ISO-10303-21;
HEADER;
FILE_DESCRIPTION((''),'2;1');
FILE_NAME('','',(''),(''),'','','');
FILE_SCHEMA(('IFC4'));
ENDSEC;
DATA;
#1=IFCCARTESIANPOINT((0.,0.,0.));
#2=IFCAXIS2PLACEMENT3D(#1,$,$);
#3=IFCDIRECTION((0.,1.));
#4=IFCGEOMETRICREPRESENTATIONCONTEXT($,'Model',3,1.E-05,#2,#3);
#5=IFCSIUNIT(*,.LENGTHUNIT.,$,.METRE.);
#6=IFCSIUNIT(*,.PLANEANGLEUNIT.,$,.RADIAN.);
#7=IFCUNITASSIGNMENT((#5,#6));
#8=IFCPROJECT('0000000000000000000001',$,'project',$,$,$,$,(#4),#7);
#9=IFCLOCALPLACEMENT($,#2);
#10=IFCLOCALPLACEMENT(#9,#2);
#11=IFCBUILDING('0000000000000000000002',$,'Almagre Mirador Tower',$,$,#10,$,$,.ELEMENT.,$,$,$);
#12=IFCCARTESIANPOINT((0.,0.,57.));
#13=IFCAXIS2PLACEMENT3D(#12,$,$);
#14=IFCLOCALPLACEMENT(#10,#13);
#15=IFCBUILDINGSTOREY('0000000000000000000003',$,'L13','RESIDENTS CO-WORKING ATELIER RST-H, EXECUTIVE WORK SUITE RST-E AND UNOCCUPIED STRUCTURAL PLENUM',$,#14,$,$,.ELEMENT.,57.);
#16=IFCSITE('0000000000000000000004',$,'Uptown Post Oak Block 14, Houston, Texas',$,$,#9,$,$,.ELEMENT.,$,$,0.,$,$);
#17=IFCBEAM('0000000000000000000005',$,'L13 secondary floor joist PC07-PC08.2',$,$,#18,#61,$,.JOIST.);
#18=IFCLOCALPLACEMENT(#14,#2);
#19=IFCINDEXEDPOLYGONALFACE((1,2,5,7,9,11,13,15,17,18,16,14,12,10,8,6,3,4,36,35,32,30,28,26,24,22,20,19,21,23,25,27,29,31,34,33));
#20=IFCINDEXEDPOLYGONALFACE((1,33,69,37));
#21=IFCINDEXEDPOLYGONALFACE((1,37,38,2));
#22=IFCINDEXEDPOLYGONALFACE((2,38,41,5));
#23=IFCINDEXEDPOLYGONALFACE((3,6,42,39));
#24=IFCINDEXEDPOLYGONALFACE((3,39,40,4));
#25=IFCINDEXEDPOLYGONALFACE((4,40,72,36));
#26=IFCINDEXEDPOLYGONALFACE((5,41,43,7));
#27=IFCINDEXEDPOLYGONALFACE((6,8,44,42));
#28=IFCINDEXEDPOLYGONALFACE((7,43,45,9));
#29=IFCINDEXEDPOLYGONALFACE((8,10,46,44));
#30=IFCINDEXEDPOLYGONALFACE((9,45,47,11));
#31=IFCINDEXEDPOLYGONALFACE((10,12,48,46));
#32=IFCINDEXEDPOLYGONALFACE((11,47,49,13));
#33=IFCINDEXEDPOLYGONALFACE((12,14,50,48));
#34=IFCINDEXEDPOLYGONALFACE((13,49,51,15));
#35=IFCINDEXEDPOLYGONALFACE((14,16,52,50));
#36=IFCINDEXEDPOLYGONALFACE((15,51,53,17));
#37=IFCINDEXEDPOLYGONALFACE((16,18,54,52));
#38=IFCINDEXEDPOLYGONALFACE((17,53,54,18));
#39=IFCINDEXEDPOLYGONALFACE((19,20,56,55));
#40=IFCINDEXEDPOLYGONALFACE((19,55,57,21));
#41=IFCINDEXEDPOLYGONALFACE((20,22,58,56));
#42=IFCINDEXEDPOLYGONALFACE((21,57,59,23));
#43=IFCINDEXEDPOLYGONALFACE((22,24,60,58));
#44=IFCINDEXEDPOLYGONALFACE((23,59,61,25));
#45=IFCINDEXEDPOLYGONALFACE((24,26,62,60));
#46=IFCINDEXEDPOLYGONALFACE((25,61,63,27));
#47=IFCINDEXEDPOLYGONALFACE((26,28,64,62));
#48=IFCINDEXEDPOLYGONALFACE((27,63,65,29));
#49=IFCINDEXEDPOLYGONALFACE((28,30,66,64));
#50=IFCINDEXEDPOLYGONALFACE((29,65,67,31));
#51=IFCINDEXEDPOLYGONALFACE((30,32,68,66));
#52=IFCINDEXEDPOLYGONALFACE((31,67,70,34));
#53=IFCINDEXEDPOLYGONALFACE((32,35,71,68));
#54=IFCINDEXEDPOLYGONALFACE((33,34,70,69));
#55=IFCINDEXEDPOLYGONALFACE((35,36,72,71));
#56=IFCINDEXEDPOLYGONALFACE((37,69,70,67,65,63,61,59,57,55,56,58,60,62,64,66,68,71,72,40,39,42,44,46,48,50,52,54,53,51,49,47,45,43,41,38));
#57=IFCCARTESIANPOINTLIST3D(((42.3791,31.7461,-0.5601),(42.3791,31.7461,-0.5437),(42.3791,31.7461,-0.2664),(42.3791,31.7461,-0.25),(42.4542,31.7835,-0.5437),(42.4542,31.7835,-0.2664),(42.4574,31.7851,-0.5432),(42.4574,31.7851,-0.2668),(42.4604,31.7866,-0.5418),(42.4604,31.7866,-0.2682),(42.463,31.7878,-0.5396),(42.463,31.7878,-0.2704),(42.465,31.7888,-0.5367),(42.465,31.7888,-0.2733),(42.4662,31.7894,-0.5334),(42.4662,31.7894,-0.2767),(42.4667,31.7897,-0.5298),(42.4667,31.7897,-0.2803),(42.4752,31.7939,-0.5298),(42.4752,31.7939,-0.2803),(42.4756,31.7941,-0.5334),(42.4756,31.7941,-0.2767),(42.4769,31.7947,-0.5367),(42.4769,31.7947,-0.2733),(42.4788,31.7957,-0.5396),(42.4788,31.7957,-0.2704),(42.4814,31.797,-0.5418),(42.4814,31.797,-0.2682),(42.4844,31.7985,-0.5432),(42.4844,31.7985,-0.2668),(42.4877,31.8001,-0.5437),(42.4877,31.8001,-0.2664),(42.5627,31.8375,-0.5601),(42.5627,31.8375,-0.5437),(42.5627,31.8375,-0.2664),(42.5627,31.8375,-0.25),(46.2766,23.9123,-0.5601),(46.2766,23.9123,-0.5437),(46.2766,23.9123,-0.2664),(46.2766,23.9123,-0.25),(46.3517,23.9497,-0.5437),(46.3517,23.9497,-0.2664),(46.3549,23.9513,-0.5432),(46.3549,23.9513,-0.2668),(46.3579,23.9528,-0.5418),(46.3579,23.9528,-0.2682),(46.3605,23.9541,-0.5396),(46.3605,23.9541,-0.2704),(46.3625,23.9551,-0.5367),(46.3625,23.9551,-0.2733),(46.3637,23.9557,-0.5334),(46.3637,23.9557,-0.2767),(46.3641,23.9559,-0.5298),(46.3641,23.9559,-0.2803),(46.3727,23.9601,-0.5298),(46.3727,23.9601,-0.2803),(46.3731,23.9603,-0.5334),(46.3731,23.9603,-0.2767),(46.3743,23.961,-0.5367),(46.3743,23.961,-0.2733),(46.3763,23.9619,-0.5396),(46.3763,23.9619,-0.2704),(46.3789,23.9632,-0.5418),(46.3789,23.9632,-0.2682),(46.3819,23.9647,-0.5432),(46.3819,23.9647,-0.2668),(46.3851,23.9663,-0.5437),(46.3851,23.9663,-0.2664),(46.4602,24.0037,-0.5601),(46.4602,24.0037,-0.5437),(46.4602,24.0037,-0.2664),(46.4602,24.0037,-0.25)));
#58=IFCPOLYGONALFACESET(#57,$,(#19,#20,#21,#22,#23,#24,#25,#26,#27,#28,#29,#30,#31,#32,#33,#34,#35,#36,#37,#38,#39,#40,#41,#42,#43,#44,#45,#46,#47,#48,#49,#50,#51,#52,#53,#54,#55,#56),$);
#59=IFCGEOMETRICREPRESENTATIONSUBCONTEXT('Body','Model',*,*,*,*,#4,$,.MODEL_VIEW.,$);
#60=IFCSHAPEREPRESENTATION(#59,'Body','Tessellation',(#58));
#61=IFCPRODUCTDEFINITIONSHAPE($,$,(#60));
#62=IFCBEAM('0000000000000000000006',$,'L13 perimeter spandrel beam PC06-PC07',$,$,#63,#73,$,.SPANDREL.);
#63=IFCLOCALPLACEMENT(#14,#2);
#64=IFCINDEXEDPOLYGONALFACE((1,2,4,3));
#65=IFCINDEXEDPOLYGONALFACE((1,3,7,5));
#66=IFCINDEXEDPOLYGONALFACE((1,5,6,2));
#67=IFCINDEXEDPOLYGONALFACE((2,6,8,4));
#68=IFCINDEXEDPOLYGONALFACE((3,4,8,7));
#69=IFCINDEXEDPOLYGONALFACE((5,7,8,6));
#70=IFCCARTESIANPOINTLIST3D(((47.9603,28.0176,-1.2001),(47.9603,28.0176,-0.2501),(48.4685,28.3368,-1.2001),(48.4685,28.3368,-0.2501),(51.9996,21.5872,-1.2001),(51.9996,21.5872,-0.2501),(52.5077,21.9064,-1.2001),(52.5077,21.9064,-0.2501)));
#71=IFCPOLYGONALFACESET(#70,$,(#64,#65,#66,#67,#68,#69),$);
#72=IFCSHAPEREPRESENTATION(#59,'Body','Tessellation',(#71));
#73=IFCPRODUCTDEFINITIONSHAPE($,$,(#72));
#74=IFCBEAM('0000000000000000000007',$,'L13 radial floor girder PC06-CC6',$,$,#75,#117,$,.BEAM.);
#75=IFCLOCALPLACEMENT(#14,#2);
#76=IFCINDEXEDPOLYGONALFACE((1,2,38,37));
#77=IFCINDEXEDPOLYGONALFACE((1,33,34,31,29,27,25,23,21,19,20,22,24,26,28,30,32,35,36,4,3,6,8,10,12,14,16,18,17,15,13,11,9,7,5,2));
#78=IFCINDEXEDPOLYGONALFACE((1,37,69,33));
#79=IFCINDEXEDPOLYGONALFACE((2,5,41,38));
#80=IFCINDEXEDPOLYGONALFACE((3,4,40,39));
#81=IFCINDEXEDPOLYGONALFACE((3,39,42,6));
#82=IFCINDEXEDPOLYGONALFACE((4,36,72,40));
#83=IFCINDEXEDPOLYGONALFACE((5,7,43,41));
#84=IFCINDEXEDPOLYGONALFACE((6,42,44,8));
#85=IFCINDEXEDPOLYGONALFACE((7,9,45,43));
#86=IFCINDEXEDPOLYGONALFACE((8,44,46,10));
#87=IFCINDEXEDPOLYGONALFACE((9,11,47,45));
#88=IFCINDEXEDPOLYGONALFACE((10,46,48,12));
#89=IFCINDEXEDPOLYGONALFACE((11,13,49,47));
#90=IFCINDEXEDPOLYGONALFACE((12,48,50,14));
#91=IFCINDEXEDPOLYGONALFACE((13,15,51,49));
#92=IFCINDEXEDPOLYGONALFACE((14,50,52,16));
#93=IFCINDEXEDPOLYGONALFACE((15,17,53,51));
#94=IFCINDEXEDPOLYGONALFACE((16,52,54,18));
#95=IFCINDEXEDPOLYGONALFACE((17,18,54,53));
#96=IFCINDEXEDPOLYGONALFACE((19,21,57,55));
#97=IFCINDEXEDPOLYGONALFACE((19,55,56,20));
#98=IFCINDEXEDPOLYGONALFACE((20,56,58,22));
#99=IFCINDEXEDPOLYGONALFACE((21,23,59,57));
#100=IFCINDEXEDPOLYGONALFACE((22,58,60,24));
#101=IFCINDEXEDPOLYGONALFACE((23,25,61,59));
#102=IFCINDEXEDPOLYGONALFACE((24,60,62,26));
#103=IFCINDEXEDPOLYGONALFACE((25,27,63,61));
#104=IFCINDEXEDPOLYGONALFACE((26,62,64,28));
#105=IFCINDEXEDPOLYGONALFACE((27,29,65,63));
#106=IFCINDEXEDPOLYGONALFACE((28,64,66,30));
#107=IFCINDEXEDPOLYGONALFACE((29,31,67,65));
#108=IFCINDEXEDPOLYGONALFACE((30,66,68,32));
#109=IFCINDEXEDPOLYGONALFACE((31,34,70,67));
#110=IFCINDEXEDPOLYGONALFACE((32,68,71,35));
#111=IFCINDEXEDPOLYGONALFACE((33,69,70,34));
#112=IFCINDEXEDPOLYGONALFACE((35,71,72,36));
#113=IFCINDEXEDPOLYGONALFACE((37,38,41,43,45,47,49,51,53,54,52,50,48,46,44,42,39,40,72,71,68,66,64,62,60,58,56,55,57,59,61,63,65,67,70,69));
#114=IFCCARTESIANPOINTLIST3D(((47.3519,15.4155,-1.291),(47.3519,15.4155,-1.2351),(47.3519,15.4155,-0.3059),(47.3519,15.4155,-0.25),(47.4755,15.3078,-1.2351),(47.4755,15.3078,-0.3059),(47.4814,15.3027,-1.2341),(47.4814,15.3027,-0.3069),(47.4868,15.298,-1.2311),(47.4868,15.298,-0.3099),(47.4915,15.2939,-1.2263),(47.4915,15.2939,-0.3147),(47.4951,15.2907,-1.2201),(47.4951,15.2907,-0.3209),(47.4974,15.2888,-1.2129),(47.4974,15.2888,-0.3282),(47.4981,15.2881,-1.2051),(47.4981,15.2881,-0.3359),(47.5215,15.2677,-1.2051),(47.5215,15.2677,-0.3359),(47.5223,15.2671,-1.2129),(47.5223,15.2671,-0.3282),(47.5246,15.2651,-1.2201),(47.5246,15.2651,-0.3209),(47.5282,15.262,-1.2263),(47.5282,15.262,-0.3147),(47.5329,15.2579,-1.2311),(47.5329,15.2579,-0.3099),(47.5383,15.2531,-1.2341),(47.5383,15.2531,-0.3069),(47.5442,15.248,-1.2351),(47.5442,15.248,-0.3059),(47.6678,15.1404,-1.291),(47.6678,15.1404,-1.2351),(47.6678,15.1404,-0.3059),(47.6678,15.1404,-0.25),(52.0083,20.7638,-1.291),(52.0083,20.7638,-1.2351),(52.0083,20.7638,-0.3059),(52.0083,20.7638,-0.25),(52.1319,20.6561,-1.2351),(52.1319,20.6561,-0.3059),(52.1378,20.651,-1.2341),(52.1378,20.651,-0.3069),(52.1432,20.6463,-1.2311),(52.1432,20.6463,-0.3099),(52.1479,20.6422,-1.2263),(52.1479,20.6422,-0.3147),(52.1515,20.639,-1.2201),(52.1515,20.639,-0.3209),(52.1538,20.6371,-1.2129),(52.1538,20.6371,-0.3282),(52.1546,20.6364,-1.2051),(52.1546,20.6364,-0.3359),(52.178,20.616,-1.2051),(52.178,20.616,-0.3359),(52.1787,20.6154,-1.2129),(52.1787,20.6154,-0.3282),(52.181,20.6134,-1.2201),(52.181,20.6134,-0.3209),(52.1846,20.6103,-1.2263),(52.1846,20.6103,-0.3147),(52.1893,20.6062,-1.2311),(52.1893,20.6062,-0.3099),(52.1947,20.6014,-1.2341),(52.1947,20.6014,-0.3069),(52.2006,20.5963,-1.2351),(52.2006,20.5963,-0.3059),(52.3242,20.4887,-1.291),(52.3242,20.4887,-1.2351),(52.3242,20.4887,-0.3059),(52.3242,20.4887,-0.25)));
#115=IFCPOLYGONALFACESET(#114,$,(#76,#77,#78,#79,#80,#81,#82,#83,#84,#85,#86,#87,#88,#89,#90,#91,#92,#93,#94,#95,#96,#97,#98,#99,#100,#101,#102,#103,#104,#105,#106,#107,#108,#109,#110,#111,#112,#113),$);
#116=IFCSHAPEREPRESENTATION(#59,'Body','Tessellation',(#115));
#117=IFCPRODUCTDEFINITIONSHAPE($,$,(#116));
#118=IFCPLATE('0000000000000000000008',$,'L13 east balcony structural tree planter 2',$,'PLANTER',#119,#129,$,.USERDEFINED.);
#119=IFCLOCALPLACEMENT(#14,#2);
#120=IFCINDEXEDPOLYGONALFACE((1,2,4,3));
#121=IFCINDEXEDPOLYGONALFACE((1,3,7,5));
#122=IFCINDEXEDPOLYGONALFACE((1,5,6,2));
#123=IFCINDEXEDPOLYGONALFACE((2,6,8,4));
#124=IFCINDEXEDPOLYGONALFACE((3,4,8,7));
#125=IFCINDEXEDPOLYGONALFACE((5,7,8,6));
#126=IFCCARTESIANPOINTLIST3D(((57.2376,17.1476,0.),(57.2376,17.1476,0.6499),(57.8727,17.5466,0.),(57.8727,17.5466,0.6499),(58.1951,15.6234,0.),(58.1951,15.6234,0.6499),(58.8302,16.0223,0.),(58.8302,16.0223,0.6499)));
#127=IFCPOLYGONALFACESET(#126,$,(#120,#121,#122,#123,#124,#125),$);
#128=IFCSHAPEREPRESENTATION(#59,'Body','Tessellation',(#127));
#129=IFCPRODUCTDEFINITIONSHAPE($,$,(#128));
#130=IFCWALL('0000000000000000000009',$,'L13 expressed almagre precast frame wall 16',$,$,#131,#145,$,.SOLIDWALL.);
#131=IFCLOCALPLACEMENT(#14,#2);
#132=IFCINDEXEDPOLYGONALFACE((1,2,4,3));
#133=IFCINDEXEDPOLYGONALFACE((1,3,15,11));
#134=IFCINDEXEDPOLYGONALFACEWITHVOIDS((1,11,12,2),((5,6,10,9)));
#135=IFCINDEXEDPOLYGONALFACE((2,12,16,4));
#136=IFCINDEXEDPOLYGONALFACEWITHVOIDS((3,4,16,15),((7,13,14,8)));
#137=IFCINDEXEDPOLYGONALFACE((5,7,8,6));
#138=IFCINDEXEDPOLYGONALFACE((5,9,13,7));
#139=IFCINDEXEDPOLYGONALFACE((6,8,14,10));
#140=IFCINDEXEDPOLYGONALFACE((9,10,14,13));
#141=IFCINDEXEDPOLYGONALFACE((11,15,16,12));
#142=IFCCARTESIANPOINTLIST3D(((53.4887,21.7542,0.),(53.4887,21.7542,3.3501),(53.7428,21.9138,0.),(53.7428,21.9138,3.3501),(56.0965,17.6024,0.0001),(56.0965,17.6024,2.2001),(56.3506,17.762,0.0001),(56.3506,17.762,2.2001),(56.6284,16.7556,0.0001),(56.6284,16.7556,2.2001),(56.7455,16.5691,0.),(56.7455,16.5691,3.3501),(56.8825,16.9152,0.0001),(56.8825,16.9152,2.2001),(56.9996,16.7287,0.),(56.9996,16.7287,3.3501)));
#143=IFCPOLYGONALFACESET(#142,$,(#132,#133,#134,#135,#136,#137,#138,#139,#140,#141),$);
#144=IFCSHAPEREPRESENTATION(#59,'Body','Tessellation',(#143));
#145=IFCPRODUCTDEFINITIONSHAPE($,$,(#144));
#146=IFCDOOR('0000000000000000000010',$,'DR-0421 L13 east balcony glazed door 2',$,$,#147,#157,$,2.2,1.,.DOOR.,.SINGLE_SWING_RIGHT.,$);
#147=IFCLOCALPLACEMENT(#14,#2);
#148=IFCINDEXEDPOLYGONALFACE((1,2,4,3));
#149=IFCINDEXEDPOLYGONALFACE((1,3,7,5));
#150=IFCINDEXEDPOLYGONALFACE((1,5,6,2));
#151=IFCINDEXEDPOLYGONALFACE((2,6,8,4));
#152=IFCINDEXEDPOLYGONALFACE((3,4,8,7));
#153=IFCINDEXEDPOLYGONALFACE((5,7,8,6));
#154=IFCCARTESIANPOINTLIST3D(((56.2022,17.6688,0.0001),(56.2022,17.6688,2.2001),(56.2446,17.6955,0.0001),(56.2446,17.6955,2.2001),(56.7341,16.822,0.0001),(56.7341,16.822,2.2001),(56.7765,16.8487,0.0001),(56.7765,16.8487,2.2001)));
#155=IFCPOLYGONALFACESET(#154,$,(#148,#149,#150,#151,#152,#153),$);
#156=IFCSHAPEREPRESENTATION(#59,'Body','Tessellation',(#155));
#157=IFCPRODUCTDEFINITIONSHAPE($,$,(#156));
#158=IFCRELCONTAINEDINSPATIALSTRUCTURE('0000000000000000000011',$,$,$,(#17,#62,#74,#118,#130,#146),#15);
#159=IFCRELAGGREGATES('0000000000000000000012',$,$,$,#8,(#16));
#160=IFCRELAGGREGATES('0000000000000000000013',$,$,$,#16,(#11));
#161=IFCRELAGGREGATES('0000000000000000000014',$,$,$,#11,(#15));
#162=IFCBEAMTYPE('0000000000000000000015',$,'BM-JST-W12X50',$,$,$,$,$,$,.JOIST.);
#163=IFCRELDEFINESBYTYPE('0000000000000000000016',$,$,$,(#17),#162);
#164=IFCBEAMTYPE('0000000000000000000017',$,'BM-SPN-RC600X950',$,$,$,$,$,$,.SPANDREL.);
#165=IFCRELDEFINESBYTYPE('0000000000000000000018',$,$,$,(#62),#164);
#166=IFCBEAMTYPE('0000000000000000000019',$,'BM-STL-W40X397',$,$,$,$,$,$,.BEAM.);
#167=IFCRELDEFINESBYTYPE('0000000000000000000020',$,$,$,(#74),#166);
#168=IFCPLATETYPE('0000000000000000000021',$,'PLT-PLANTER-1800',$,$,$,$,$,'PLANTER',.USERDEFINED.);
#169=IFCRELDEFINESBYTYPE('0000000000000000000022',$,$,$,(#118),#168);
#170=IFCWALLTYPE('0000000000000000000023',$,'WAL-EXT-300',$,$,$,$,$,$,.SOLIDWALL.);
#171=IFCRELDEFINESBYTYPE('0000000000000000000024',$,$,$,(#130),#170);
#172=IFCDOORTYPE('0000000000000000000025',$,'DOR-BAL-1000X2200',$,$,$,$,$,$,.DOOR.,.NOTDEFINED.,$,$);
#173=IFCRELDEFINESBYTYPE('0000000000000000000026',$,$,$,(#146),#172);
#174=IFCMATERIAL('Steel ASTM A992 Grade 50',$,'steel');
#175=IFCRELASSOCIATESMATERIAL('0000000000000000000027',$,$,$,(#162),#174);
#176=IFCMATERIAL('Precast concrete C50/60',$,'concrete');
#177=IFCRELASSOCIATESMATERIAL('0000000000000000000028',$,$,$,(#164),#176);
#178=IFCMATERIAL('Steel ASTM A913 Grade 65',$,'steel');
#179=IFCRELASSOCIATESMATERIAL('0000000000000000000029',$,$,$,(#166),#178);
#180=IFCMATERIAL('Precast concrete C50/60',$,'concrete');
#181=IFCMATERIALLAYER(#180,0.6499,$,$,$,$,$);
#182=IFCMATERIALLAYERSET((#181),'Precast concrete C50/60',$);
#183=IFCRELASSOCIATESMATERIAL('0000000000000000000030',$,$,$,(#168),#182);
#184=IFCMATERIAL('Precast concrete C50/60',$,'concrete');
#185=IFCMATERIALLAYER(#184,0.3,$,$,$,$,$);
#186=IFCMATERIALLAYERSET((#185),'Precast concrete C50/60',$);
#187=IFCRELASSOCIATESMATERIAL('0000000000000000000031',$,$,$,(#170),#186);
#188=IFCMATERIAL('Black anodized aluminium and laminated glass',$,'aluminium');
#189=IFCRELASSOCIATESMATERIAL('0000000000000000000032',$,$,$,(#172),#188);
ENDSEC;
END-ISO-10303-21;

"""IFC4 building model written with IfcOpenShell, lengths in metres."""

from ifc_helpers import new_model, si_unit, direction, frame, frame_2d, origin, origin_2d, place, context, subcontext, project, spatial, rectangle, i_section, extrude, material, layer, layer_set, material_profile, profile_set, type_object, element, fill, save


model = new_model("IFC4")

# Units and contexts
model_context = context("Model", 3, precision=1e-05, world=origin(), true_north=direction((0.0, 1.0)))
body_context = subcontext(model_context, "Body", "Model", "MODEL_VIEW")
ifc_project = project(units=[si_unit("LENGTHUNIT", "METRE"), si_unit("PLANEANGLEUNIT", "RADIAN")], contexts=[model_context])

# Site, building, storey
site_placement = place(None, origin())
site = spatial("IfcSite", under=ifc_project, at=site_placement, Name="Uptown Post Oak Block 14, Houston, Texas", CompositionType="ELEMENT", RefElevation=0.0)
building_placement = place(site_placement, origin())
building = spatial("IfcBuilding", under=site, at=building_placement, Name="Almagre Mirador Tower", CompositionType="ELEMENT")
storey_placement = place(building_placement, frame((0.0, 0.0, 57.0)))
storey = spatial("IfcBuildingStorey", under=building, at=storey_placement, Name="L13", Description="RESIDENTS CO-WORKING ATELIER RST-H, EXECUTIVE WORK SUITE RST-E AND UNOCCUPIED STRUCTURAL PLENUM", CompositionType="ELEMENT", Elevation=57.0)

# Beams
ifc_material_1 = material(Name="Steel ASTM A992 Grade 50", Category="steel")
ifc_material_profile_1 = material_profile(ifc_material_1, i_section(OverallWidth=0.2051, OverallDepth=0.3101, WebThickness=0.0095, FlangeThickness=0.0164, FilletRadius=0.0139, at=origin_2d()), Name="W12X50")
ifc_profile_set_1 = profile_set([ifc_material_profile_1], Name="Steel ASTM A992 Grade 50")
beam_type_1 = type_object("IfcBeamType", Name="BM-JST-W12X50", PredefinedType="JOIST", material=ifc_profile_set_1)
beam_1_placement = place(storey_placement, frame((46.3684, 23.958, -0.405), z_axis=(-0.445438, 0.895313, 0.0), x_axis=(-0.895313, -0.445438, 0.0)))
element("IfcBeam", 1, at=beam_1_placement, inside=storey, type_object=beam_type_1, Name="L13 secondary floor joist PC07-PC08.2", PredefinedType="JOIST", context=body_context, shape_type="SweptSolid", body=[
    extrude(i_section(OverallWidth=0.2051, OverallDepth=0.3101, WebThickness=0.0095, FlangeThickness=0.0164, FilletRadius=0.0139, at=origin_2d()), origin(), (0.0, 0.0, 1.0), 8.7498),
])
ifc_material_2 = material(Name="Precast concrete C50/60", Category="concrete")
ifc_material_profile_2 = material_profile(ifc_material_2, rectangle(XDim=0.6001, YDim=0.95, at=origin_2d()), Name="RC600X950")
ifc_profile_set_2 = profile_set([ifc_material_profile_2], Name="Precast concrete C50/60")
beam_type_2 = type_object("IfcBeamType", Name="BM-SPN-RC600X950", PredefinedType="SPANDREL", material=ifc_profile_set_2)
beam_2_placement = place(storey_placement, frame((52.2537, 21.7468, -0.7251), z_axis=(-0.531919, 0.846795, 0.0), x_axis=(-0.846795, -0.531919, 0.0)))
element("IfcBeam", 2, at=beam_2_placement, inside=storey, type_object=beam_type_2, Name="L13 perimeter spandrel beam PC06-PC07", PredefinedType="SPANDREL", context=body_context, shape_type="SweptSolid", body=[
    extrude(rectangle(XDim=0.6001, YDim=0.95, at=origin_2d()), origin(), (0.0, 0.0, 1.0), 7.5938),
])
ifc_material_3 = material(Name="Steel ASTM A913 Grade 65", Category="steel")
ifc_material_profile_3 = material_profile(ifc_material_3, i_section(OverallWidth=0.4189, OverallDepth=1.041, WebThickness=0.031, FlangeThickness=0.0559, FilletRadius=0.03, at=origin_2d()), Name="W40X397")
ifc_profile_set_3 = profile_set([ifc_material_profile_3], Name="Steel ASTM A913 Grade 65")
beam_type_3 = type_object("IfcBeamType", Name="BM-STL-W40X397", PredefinedType="BEAM", material=ifc_profile_set_3)
beam_3_placement = place(storey_placement, frame((52.1663, 20.6262, -0.7705), z_axis=(-0.656638, -0.754206, 0.0), x_axis=(0.754206, -0.656638, 0.0)))
element("IfcBeam", 3, at=beam_3_placement, inside=storey, type_object=beam_type_3, Name="L13 radial floor girder PC06-CC6", PredefinedType="BEAM", context=body_context, shape_type="SweptSolid", body=[
    extrude(i_section(OverallWidth=0.4189, OverallDepth=1.041, WebThickness=0.031, FlangeThickness=0.0559, FilletRadius=0.03, at=origin_2d()), origin(), (0.0, 0.0, 1.0), 7.0913),
])

# Plate
ifc_material_4 = material(Name="Precast concrete C50/60", Category="concrete")
ifc_layer_1 = layer(ifc_material_4, 0.6499)
ifc_layer_set_1 = layer_set([ifc_layer_1], Name="Precast concrete C50/60")
plate_type = type_object("IfcPlateType", Name="PLT-PLANTER-1800", ElementType="PLANTER", PredefinedType="USERDEFINED", material=ifc_layer_set_1)
plate_placement = place(storey_placement, frame((58.0339, 16.585, 0.0), z_axis=(0.0, 0.0, 1.0), x_axis=(-0.531916, 0.846797, 0.0)))
element("IfcPlate", 4, at=plate_placement, inside=storey, type_object=plate_type, Name="L13 east balcony structural tree planter 2", ObjectType="PLANTER", PredefinedType="USERDEFINED", context=body_context, shape_type="SweptSolid", body=[
    extrude(rectangle(XDim=1.8, YDim=0.75, at=origin_2d()), origin(), (0.0, 0.0, 1.0), 0.6499),
])

# Wall, opening, door
ifc_material_5 = material(Name="Precast concrete C50/60", Category="concrete")
ifc_layer_2 = layer(ifc_material_5, 0.3)
ifc_layer_set_2 = layer_set([ifc_layer_2], Name="Precast concrete C50/60")
wall_type_1 = type_object("IfcWallType", Name="WAL-EXT-300", PredefinedType="SOLIDWALL", material=ifc_layer_set_2)
wall_1_placement = place(storey_placement, frame((53.6157, 21.834, 0.0), z_axis=(0.0, 0.0, 1.0), x_axis=(0.531897, -0.846809, 0.0)))
wall_1 = element("IfcWall", 5, at=wall_1_placement, inside=storey, type_object=wall_type_1, Name="L13 expressed almagre precast frame wall 16", PredefinedType="SOLIDWALL", context=body_context, shape_type="SweptSolid", body=[
    extrude(rectangle(XDim=6.123, YDim=0.3, at=frame_2d((3.0615, 0.0))), origin(), (0.0, 0.0, 1.0), 3.3501),
])
opening_1_placement = place(wall_1_placement, frame((4.9028, 0.0, 0.0)))
opening_1 = element("IfcOpeningElement", 6, at=opening_1_placement, cuts=wall_1, PredefinedType="OPENING", context=body_context, shape_type="SweptSolid", body=[
    extrude(rectangle(XDim=1.0, YDim=2.2, at=frame_2d((0.5, 1.1001))), frame((0.0, 0.1599, 0.0), z_axis=(0.0, -1.0, 0.0), x_axis=(1.0, 0.0, 0.0)), (0.0, 0.0, 1.0), 0.32),
])
ifc_material_6 = material(Name="Black anodized aluminium and laminated glass", Category="aluminium")
door_type_1 = type_object("IfcDoorType", Name="DOR-BAL-1000X2200", OperationType="NOTDEFINED", PredefinedType="DOOR", material=ifc_material_6)
door_1_placement = place(opening_1_placement, origin())
door_1 = element("IfcDoor", 7, at=door_1_placement, inside=storey, type_object=door_type_1, Name="DR-0421 L13 east balcony glazed door 2", OperationType="SINGLE_SWING_RIGHT", OverallHeight=2.2, OverallWidth=1.0, PredefinedType="DOOR", context=body_context, shape_type="SweptSolid", body=[
    extrude(rectangle(XDim=1.0, YDim=2.2, at=frame_2d((0.5, 1.1001))), frame((0.0, 0.0249, 0.0), z_axis=(0.0, -1.0, 0.0), x_axis=(1.0, 0.0, 0.0)), (0.0, 0.0, 1.0), 0.05),
])
fill(opening_1, door_1)

save(model, "model.ifc")
